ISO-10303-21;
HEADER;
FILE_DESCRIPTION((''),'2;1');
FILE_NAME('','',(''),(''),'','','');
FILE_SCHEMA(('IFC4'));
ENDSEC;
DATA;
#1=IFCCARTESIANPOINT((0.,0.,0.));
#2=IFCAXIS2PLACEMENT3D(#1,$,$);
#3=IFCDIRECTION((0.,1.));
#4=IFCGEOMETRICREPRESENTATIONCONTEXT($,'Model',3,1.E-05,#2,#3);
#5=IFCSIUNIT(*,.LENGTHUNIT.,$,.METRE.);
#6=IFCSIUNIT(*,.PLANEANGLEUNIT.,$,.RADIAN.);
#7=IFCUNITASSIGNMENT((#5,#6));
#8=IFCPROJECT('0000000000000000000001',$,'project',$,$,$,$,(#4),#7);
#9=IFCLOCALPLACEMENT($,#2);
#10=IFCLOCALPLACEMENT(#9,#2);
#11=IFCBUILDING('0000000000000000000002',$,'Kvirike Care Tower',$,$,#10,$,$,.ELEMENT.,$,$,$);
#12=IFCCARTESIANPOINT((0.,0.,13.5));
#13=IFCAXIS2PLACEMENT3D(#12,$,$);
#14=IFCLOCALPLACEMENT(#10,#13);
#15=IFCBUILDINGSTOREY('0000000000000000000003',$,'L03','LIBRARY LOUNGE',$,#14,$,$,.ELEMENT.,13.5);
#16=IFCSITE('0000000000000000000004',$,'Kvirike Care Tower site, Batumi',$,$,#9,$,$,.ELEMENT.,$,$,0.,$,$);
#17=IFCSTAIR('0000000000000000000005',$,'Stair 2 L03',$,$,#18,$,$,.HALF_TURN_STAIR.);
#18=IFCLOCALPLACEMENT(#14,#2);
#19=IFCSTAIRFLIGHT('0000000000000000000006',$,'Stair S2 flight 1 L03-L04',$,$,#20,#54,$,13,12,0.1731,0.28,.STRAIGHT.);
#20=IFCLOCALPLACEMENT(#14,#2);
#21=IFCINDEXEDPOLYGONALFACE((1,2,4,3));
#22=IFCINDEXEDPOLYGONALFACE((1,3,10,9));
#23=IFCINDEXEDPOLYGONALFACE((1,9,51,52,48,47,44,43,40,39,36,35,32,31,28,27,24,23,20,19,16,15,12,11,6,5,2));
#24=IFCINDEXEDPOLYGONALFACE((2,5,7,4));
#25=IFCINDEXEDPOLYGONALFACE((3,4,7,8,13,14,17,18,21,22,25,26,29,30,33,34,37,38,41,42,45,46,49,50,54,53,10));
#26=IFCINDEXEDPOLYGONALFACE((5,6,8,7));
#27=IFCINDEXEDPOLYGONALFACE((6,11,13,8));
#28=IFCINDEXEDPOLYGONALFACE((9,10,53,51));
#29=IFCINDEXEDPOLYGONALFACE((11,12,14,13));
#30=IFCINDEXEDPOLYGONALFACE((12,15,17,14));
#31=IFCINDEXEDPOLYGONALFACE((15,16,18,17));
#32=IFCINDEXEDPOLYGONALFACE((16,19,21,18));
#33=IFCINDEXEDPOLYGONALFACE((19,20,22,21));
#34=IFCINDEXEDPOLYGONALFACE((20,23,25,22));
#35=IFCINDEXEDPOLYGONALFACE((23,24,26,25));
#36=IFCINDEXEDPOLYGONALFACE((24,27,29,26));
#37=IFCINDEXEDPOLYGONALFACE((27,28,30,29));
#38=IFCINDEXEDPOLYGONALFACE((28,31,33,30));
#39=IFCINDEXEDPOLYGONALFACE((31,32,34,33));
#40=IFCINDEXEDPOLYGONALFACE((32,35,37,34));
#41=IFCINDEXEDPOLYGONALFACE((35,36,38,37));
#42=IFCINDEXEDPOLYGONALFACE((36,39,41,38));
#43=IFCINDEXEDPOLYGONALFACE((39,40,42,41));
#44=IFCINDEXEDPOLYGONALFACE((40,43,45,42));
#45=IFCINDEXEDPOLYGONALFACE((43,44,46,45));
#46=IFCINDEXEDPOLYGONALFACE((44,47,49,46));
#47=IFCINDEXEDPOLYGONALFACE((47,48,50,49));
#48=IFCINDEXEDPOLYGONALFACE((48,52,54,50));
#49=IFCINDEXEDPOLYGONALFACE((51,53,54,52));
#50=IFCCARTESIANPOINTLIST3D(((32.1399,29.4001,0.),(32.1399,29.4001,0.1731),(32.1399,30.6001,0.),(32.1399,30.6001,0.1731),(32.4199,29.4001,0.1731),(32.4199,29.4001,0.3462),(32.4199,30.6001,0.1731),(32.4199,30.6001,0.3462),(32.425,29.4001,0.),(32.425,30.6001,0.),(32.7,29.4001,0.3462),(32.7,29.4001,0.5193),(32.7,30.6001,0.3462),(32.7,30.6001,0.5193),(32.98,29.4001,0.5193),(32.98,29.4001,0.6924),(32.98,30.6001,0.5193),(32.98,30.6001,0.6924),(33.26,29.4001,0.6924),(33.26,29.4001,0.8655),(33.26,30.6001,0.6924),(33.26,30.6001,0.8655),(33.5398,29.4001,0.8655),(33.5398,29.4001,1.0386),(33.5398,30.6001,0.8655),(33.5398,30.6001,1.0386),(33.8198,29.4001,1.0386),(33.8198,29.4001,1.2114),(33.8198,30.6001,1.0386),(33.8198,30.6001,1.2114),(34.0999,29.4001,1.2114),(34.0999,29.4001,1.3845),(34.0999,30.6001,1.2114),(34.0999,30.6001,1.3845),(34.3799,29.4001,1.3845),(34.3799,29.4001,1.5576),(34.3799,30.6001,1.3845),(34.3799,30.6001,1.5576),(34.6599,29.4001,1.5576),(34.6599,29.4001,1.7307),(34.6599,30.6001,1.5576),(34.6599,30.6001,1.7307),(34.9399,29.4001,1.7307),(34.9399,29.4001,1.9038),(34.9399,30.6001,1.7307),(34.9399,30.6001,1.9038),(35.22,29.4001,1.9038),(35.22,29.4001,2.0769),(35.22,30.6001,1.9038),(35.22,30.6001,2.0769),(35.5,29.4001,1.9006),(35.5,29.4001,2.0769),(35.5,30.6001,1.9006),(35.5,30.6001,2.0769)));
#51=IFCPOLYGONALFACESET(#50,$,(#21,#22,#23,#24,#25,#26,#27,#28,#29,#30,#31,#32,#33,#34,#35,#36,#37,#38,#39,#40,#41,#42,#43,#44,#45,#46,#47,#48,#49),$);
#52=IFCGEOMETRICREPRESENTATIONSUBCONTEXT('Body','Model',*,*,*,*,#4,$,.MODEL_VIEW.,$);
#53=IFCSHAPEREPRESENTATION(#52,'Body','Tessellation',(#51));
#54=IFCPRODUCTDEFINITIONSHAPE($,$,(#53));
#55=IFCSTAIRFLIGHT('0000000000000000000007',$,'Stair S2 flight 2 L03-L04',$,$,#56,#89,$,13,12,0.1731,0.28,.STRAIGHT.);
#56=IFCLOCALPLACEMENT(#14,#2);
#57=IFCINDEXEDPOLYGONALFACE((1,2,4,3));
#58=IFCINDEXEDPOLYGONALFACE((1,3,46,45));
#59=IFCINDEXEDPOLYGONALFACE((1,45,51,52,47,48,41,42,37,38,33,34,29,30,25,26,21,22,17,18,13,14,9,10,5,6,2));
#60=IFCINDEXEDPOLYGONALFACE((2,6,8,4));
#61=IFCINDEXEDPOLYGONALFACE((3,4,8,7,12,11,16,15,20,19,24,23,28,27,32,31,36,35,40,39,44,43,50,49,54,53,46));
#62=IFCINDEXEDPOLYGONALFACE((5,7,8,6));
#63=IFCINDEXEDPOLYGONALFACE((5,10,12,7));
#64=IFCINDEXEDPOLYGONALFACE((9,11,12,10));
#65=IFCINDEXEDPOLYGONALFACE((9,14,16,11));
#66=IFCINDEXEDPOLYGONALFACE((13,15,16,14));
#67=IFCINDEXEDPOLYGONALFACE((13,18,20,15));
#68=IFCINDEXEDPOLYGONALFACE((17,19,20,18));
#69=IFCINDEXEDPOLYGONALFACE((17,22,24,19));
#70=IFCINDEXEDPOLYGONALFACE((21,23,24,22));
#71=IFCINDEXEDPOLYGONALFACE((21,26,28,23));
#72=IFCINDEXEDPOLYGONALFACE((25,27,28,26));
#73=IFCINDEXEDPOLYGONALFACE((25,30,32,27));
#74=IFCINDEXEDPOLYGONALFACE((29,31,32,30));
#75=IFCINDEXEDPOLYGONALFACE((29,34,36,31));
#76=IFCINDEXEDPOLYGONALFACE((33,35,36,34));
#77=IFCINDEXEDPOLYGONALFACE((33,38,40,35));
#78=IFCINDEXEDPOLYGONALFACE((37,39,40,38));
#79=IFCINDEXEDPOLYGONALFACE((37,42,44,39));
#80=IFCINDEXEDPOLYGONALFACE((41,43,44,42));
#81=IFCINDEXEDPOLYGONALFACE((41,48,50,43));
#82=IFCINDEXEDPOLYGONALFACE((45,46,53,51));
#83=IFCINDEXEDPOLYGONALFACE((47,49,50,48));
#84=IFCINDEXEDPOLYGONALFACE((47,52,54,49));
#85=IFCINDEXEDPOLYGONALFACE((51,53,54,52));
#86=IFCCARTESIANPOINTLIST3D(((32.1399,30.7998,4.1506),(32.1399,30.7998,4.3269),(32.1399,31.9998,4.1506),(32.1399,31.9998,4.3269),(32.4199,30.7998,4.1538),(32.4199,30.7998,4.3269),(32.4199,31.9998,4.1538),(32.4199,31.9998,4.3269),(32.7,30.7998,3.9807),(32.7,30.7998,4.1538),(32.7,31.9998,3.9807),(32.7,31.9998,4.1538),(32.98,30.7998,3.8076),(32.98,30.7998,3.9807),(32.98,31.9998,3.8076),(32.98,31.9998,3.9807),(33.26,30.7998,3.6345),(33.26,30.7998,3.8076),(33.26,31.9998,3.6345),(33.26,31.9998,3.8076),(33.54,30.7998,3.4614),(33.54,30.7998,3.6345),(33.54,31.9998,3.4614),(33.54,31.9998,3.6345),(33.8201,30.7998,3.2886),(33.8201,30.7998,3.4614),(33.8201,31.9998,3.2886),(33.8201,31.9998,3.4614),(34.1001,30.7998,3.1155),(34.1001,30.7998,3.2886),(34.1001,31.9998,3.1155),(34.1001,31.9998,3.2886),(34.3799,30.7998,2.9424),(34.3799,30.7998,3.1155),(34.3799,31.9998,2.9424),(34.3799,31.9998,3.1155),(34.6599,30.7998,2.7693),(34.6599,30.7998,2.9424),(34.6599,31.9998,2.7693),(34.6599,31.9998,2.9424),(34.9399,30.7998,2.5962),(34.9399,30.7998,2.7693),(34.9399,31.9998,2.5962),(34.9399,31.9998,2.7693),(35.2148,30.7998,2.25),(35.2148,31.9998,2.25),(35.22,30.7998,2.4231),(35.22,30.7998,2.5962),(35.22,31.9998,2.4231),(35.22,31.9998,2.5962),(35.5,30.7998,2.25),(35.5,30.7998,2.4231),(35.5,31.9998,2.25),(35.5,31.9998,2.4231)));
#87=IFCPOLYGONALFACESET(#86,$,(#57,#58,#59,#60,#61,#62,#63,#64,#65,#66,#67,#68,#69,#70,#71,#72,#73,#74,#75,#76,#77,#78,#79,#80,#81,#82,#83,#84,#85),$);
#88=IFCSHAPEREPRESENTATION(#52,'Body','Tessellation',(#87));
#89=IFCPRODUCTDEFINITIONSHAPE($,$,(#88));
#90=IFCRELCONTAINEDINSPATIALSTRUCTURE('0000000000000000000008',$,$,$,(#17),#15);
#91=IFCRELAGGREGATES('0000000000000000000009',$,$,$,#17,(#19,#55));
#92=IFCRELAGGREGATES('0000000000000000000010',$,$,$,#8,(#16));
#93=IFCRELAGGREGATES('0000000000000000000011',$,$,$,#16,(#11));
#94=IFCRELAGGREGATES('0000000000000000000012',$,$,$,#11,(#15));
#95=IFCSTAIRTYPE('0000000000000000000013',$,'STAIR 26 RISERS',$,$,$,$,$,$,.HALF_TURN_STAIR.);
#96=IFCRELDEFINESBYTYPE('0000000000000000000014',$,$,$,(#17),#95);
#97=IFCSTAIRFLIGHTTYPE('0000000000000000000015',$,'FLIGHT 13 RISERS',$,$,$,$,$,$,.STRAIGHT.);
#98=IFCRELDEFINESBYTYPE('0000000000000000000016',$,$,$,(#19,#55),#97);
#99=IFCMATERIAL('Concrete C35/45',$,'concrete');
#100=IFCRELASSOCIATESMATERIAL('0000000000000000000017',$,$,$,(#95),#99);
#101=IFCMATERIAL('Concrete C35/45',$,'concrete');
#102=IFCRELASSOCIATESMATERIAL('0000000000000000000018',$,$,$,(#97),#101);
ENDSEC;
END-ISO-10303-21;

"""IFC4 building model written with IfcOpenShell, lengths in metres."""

from ifc_helpers import new_model, si_unit, direction, frame, origin, place, context, subcontext, project, spatial, polyline, outline, extrude, material, type_object, element, aggregate, save


model = new_model("IFC4")

# Units and contexts
model_context = context("Model", 3, precision=1e-05, world=origin(), true_north=direction((0.0, 1.0)))
body_context = subcontext(model_context, "Body", "Model", "MODEL_VIEW")
ifc_project = project(units=[si_unit("LENGTHUNIT", "METRE"), si_unit("PLANEANGLEUNIT", "RADIAN")], contexts=[model_context])

# Site, building, storey
site_placement = place(None, origin())
site = spatial("IfcSite", under=ifc_project, at=site_placement, Name="Kvirike Care Tower site, Batumi", CompositionType="ELEMENT", RefElevation=0.0)
building_placement = place(site_placement, origin())
building = spatial("IfcBuilding", under=site, at=building_placement, Name="Kvirike Care Tower", CompositionType="ELEMENT")
storey_placement = place(building_placement, frame((0.0, 0.0, 13.5)))
storey = spatial("IfcBuildingStorey", under=building, at=storey_placement, Name="L03", Description="LIBRARY LOUNGE", CompositionType="ELEMENT", Elevation=13.5)

# Stair, stair flights
ifc_material_1 = material(Name="Concrete C35/45", Category="concrete")
stair_type = type_object("IfcStairType", Name="STAIR 26 RISERS", PredefinedType="HALF_TURN_STAIR", material=ifc_material_1)
stair_placement = place(storey_placement, origin())
stair = element("IfcStair", 1, at=stair_placement, inside=storey, type_object=stair_type, Name="Stair 2 L03", PredefinedType="HALF_TURN_STAIR")
ifc_material_2 = material(Name="Concrete C35/45", Category="concrete")
stair_flight_type = type_object("IfcStairFlightType", Name="FLIGHT 13 RISERS", PredefinedType="STRAIGHT", material=ifc_material_2)
stair_flight_1_placement = place(storey_placement, frame((32.1399, 30.0, 0.0), z_axis=(0.0, 0.0, 1.0), x_axis=(1.0, 0.0, 0.0)))
stair_flight_1 = element("IfcStairFlight", 2, at=stair_flight_1_placement, type_object=stair_flight_type, Name="Stair S2 flight 1 L03-L04", NumberOfRisers=13, NumberOfTreads=12, PredefinedType="STRAIGHT", RiserHeight=0.1731, TreadLength=0.28, context=body_context, shape_type="SweptSolid", body=[
    extrude(outline(polyline([(0.0, 0.0), (0.0, 0.1731), (0.28, 0.1731), (0.28, 0.3462), (0.5601, 0.3462), (0.5601, 0.5193), (0.8401, 0.5193), (0.8401, 0.6924), (1.1201, 0.6924), (1.1201, 0.8655), (1.3999, 0.8655), (1.3999, 1.0386), (1.6799, 1.0386), (1.6799, 1.2114), (1.96, 1.2114), (1.96, 1.3845), (2.24, 1.3845), (2.24, 1.5576), (2.52, 1.5576), (2.52, 1.7307), (2.8, 1.7307), (2.8, 1.9038), (3.0801, 1.9038), (3.0801, 2.0769), (3.3601, 2.0769), (3.3601, 2.25), (3.3601, 1.9006), (0.2852, 0.0), (0.0, 0.0)])), frame((0.0, 0.6001, 0.0), z_axis=(0.0, -1.0, 0.0), x_axis=(1.0, 0.0, 0.0)), (0.0, 0.0, 1.0), 1.2),
])
stair_flight_2_placement = place(storey_placement, frame((35.5, 31.3999, 2.25), z_axis=(0.0, 0.0, 1.0), x_axis=(-1.0, 0.0, 0.0)))
stair_flight_2 = element("IfcStairFlight", 3, at=stair_flight_2_placement, type_object=stair_flight_type, Name="Stair S2 flight 2 L03-L04", NumberOfRisers=13, NumberOfTreads=12, PredefinedType="STRAIGHT", RiserHeight=0.1731, TreadLength=0.28, context=body_context, shape_type="SweptSolid", body=[
    extrude(outline(polyline([(0.0, 0.0), (0.0, 0.1731), (0.28, 0.1731), (0.28, 0.3462), (0.5601, 0.3462), (0.5601, 0.5193), (0.8401, 0.5193), (0.8401, 0.6924), (1.1201, 0.6924), (1.1201, 0.8655), (1.3999, 0.8655), (1.3999, 1.0386), (1.6799, 1.0386), (1.6799, 1.2114), (1.96, 1.2114), (1.96, 1.3845), (2.24, 1.3845), (2.24, 1.5576), (2.52, 1.5576), (2.52, 1.7307), (2.8, 1.7307), (2.8, 1.9038), (3.0801, 1.9038), (3.0801, 2.0769), (3.3601, 2.0769), (3.3601, 2.25), (3.3601, 1.9006), (0.2852, 0.0), (0.0, 0.0)])), frame((0.0, 0.6001, 0.0), z_axis=(0.0, -1.0, 0.0), x_axis=(1.0, 0.0, 0.0)), (0.0, 0.0, 1.0), 1.2),
])
aggregate(stair, [stair_flight_1, stair_flight_2])

save(model, "model.ifc")
